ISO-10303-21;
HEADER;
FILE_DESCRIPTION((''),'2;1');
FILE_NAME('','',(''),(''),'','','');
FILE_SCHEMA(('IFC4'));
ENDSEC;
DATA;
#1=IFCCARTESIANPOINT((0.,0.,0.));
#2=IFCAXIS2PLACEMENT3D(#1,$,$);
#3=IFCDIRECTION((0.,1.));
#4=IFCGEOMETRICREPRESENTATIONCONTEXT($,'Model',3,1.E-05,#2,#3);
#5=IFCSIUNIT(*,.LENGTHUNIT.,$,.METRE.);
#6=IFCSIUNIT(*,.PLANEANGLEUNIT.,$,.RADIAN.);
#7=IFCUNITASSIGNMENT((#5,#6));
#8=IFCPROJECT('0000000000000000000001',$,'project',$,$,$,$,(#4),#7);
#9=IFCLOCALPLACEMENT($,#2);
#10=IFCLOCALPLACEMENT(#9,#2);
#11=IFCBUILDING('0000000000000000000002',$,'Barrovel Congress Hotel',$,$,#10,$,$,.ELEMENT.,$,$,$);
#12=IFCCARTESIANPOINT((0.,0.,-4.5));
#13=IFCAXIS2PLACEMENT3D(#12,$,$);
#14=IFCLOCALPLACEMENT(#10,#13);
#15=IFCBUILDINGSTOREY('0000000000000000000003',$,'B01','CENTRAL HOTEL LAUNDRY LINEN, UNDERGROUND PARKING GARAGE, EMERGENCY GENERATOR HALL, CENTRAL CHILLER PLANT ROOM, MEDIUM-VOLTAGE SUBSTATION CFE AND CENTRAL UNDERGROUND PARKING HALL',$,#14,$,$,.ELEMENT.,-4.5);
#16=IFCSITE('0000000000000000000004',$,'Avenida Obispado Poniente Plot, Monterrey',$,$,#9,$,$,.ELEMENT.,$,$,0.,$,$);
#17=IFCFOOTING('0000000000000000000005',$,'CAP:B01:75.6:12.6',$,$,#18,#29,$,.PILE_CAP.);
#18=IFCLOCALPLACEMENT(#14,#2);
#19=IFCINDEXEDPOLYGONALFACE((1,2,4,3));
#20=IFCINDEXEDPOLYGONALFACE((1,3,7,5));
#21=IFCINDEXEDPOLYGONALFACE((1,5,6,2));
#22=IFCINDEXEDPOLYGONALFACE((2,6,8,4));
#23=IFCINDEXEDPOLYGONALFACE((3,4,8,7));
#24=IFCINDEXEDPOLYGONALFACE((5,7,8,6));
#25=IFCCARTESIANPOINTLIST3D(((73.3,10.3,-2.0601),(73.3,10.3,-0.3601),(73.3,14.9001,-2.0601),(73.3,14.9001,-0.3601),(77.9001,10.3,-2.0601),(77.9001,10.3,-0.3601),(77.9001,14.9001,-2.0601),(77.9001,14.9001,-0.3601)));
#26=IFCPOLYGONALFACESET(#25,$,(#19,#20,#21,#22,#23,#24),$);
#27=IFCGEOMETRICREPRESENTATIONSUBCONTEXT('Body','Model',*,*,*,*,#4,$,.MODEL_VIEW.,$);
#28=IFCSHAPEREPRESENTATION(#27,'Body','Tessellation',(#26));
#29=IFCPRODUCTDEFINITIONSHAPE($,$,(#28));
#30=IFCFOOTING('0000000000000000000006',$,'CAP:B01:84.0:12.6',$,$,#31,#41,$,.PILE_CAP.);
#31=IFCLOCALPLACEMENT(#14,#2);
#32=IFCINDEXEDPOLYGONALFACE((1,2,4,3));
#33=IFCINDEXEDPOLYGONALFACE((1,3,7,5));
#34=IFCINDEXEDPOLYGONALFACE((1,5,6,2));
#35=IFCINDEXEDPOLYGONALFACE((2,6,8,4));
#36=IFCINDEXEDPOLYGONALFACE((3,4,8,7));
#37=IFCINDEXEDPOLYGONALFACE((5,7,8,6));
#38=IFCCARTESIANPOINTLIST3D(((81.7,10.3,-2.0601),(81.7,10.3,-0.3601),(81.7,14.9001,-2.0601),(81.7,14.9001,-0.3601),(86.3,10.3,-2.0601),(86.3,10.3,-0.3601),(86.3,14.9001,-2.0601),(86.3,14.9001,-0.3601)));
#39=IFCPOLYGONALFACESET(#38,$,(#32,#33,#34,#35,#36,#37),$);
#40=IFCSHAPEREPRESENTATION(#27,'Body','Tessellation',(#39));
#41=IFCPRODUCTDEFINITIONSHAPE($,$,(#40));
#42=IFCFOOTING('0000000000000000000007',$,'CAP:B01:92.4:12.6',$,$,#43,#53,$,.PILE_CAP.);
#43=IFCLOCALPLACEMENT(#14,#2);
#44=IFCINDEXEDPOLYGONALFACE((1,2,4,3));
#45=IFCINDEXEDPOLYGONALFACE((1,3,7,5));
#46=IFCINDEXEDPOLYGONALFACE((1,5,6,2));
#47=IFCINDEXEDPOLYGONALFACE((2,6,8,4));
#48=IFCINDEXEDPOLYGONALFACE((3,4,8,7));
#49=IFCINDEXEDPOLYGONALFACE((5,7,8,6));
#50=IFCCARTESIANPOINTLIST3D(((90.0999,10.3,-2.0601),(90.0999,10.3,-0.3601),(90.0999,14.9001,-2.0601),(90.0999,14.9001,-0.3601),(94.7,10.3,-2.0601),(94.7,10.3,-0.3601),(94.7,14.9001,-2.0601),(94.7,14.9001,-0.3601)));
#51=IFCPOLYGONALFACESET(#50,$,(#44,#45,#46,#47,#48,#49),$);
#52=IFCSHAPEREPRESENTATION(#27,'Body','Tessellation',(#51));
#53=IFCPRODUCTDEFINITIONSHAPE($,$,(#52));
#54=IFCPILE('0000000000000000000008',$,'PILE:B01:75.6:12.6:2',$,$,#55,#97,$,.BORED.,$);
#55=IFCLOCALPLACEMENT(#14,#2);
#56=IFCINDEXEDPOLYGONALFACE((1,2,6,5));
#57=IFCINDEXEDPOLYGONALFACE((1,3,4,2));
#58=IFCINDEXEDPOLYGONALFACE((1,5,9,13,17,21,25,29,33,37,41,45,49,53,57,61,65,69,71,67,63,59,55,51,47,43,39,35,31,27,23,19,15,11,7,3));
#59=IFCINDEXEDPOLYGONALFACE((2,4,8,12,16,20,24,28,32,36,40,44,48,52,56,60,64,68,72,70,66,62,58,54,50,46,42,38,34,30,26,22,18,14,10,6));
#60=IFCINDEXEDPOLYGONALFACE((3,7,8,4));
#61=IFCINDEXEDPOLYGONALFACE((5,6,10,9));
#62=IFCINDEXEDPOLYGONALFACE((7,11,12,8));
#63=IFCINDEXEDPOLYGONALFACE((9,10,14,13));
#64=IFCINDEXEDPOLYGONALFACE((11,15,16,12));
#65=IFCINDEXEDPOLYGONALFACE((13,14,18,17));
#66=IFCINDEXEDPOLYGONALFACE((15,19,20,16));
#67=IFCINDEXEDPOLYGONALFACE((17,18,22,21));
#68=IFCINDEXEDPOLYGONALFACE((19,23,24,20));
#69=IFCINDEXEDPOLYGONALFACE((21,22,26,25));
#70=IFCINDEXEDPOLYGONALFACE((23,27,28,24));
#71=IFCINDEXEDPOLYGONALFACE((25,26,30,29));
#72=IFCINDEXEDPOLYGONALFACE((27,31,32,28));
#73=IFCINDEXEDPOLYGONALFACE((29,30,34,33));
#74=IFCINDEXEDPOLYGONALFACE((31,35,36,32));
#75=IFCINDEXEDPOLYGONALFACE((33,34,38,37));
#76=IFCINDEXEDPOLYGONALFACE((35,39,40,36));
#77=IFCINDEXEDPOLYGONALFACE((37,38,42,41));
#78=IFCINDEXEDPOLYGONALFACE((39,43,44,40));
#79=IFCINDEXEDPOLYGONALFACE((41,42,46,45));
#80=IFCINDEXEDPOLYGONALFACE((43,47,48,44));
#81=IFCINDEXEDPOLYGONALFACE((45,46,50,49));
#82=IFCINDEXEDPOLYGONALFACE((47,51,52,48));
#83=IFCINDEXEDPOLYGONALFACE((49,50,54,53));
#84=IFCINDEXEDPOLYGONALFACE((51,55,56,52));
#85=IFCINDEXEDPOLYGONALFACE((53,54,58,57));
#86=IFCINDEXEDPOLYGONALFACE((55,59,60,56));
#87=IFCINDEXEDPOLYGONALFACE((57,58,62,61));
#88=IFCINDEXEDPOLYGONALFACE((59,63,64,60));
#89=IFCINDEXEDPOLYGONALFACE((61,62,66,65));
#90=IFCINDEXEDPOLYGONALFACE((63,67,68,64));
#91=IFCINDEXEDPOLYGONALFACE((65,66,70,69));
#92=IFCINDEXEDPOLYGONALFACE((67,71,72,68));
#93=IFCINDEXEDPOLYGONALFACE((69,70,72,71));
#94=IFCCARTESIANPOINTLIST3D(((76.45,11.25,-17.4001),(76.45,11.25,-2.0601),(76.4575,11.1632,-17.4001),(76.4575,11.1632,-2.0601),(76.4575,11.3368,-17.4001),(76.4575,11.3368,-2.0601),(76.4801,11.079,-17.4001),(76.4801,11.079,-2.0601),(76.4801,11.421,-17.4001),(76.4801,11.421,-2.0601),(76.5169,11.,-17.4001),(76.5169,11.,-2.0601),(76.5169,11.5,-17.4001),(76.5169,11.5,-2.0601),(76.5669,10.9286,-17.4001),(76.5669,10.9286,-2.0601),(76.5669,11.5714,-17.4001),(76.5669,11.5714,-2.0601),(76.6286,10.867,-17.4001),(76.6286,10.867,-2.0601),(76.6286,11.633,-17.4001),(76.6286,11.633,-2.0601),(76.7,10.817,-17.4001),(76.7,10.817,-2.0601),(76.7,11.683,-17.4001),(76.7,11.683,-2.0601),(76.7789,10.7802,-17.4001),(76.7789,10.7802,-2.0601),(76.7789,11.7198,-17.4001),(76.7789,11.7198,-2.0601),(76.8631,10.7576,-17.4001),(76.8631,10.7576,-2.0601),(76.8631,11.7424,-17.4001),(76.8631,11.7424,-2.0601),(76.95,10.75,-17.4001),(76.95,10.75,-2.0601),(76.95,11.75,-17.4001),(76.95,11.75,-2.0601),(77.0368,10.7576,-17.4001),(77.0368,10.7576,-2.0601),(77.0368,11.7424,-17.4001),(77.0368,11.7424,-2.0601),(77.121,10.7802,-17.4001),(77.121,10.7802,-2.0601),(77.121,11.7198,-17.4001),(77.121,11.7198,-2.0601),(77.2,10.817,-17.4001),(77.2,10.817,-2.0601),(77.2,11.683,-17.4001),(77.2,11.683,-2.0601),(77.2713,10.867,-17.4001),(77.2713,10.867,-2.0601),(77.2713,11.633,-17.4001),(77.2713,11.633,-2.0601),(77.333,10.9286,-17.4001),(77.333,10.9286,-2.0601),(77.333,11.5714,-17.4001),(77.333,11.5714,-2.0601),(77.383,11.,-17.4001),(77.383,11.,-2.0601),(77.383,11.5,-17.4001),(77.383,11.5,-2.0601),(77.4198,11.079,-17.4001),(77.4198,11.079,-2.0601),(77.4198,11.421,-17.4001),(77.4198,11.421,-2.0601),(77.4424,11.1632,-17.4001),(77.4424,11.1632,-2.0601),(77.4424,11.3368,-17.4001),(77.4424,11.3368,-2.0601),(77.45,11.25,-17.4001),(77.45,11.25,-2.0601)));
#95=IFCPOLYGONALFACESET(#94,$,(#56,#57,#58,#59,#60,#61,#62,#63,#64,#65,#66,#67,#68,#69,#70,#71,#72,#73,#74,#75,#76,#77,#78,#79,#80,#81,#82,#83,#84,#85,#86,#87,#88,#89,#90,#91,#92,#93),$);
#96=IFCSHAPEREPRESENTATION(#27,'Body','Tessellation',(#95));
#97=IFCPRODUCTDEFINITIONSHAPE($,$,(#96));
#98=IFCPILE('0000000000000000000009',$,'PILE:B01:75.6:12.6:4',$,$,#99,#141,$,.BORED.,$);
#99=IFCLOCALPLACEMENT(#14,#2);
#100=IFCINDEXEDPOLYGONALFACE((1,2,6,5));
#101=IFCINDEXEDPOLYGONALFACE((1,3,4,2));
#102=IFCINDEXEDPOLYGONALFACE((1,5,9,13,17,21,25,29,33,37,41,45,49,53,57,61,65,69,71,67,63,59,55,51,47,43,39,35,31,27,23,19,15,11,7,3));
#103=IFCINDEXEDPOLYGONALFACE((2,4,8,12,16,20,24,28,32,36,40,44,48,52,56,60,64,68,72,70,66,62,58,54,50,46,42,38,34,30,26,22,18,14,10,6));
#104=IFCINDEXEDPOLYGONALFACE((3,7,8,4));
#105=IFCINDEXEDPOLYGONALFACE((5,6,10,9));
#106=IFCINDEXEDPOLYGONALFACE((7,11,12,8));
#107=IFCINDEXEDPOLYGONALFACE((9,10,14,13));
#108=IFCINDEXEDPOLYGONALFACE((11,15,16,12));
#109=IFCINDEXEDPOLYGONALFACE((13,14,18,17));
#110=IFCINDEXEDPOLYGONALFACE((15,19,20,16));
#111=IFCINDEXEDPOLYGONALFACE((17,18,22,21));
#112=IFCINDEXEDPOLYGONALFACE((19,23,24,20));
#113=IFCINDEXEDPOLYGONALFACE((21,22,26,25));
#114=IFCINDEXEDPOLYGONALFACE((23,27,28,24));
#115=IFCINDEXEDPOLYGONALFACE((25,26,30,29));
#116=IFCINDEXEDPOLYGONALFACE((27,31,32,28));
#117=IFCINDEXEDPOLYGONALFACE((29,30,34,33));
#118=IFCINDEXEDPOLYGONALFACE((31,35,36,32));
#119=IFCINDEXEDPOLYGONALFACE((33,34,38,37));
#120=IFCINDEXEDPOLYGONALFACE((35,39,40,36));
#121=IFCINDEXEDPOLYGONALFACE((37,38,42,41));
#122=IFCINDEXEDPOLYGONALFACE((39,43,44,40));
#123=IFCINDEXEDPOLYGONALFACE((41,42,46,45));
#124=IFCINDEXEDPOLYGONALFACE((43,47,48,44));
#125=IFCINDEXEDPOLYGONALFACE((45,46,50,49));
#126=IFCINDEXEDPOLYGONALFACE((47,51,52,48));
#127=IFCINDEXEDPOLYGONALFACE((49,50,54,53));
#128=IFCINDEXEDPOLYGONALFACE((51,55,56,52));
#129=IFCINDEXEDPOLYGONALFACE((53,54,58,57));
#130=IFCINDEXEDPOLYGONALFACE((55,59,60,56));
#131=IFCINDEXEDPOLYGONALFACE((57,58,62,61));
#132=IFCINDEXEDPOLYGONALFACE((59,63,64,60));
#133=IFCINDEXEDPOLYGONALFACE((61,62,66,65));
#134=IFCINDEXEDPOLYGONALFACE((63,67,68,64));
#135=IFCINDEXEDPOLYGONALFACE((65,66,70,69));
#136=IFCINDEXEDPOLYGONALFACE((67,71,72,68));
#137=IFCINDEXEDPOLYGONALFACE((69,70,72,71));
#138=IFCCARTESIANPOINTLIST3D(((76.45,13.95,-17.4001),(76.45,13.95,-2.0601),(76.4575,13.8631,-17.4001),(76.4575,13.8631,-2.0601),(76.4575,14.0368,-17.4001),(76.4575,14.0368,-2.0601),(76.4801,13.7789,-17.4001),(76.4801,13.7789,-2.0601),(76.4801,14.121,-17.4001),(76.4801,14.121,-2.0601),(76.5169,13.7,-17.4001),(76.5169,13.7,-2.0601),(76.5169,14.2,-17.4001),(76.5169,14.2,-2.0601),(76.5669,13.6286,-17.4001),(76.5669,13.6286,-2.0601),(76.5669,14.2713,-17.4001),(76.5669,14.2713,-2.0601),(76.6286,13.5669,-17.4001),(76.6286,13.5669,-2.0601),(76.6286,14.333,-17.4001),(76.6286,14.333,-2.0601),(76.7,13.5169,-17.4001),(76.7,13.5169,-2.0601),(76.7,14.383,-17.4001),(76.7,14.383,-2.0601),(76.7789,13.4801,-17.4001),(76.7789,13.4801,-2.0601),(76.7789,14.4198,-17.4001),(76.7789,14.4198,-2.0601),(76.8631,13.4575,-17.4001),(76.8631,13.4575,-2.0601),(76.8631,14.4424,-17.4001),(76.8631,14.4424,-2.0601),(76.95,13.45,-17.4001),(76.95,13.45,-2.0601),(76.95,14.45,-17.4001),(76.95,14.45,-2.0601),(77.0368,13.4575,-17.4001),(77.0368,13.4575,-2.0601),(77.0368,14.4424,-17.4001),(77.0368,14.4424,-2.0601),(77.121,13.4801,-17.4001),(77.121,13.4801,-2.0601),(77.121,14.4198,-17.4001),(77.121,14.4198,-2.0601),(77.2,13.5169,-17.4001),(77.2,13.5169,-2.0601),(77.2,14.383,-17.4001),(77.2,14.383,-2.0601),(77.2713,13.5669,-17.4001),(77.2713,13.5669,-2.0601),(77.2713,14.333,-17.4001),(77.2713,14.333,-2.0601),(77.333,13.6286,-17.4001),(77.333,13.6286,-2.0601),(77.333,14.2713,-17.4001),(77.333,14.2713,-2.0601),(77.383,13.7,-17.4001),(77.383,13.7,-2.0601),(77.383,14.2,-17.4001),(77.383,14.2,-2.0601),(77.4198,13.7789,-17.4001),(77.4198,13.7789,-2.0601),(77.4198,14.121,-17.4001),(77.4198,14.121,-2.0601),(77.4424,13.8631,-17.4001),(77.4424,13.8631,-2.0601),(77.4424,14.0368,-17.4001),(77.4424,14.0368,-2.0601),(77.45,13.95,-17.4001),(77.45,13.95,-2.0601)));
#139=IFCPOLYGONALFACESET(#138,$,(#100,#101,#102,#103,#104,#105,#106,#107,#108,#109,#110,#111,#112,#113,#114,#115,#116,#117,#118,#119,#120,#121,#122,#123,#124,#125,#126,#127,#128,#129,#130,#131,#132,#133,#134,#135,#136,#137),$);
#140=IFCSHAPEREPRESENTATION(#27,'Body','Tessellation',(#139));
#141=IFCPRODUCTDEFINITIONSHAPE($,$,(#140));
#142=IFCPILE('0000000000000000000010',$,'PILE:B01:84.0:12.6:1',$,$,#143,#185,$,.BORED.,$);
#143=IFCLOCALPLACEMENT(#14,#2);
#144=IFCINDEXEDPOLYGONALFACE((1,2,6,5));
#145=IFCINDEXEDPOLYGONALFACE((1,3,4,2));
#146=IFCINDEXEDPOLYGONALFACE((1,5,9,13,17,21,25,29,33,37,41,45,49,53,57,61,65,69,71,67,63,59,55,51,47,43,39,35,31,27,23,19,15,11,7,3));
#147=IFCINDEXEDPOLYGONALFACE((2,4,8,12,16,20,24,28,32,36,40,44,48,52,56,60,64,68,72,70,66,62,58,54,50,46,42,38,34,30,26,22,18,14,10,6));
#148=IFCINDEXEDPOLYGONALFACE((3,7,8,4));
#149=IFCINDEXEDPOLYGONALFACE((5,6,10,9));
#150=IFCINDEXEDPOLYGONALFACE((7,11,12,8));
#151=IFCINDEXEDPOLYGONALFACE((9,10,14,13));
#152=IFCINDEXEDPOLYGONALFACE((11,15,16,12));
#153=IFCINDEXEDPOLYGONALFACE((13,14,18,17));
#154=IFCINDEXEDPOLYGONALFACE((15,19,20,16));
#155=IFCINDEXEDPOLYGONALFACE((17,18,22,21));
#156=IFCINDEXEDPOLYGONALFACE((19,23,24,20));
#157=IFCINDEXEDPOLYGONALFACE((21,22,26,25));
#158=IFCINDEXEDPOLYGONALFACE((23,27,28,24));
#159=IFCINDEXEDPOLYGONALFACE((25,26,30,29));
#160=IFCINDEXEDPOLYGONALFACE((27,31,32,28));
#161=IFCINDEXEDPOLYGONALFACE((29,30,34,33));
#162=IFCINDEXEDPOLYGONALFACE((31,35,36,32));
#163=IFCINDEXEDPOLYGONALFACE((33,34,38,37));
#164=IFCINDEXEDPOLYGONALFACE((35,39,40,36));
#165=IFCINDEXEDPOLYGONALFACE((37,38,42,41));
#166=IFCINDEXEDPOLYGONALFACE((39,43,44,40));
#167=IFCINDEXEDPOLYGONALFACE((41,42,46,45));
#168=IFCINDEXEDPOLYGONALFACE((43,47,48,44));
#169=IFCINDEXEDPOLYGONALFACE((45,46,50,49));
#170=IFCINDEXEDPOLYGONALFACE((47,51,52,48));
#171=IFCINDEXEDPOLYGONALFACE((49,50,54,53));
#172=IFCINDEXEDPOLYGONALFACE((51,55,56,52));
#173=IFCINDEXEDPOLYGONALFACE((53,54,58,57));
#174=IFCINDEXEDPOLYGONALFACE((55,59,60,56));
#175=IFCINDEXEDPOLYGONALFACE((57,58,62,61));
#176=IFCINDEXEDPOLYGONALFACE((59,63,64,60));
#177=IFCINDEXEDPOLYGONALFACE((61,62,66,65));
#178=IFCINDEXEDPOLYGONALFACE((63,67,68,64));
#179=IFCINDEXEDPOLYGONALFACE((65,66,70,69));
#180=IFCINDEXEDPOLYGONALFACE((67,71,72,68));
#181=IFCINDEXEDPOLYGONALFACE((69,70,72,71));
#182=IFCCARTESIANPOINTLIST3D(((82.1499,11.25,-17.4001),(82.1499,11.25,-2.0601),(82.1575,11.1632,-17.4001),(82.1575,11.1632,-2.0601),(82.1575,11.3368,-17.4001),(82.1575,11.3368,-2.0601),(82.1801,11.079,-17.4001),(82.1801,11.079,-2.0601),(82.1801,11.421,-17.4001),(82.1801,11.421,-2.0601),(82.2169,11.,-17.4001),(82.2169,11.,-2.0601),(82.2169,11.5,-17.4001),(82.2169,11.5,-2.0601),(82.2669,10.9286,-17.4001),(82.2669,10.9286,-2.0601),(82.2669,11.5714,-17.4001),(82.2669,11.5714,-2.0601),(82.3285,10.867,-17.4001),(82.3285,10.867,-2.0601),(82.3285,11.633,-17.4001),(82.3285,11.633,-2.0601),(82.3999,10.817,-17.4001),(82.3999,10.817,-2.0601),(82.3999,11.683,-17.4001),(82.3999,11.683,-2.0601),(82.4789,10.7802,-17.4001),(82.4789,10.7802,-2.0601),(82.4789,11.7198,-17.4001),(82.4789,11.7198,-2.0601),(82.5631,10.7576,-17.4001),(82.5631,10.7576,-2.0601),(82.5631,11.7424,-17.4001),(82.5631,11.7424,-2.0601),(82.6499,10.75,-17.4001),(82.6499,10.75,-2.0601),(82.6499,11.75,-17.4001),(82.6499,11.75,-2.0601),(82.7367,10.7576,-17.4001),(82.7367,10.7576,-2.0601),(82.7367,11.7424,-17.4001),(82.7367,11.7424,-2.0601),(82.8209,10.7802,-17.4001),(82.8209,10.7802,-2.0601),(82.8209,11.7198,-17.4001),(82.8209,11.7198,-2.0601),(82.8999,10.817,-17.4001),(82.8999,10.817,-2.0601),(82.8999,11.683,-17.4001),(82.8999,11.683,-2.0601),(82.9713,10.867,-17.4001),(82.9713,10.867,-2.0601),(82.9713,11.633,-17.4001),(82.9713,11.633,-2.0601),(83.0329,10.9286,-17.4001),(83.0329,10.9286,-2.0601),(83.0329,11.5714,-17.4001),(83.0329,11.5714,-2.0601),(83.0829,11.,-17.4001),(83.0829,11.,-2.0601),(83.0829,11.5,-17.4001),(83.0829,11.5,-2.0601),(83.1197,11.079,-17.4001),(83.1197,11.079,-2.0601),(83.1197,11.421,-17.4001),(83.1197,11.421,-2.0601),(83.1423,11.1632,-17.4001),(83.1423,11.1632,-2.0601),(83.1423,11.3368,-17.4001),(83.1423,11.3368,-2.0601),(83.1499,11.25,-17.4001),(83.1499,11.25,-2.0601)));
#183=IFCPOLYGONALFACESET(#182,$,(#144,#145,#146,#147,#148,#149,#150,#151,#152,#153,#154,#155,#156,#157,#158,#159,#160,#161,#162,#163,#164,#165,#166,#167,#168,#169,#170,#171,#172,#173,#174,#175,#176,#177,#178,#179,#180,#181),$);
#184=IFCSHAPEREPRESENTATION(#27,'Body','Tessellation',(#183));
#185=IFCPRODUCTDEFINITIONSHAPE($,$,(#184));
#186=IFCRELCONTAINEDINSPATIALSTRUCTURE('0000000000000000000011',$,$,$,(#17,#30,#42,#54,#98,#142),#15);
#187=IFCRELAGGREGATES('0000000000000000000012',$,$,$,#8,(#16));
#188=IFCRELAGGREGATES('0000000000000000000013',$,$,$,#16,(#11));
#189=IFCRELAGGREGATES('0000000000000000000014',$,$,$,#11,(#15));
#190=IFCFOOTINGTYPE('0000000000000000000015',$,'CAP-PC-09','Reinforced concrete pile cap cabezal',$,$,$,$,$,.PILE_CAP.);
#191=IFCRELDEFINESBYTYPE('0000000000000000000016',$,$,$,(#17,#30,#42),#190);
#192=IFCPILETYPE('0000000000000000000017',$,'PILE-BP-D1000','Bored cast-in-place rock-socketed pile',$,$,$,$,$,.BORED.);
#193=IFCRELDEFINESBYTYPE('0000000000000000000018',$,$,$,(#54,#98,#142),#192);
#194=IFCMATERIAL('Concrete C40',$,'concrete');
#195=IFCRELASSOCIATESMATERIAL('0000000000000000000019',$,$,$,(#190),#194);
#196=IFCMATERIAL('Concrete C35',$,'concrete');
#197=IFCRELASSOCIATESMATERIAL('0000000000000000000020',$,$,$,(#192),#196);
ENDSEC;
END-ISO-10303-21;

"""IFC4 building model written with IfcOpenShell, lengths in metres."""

from ifc_helpers import new_model, si_unit, direction, frame, origin, origin_2d, place, context, subcontext, project, spatial, rectangle, circle, extrude, material, material_profile, profile_set, type_object, element, save


model = new_model("IFC4")

# Units and contexts
model_context = context("Model", 3, precision=1e-05, world=origin(), true_north=direction((0.0, 1.0)))
body_context = subcontext(model_context, "Body", "Model", "MODEL_VIEW")
ifc_project = project(units=[si_unit("LENGTHUNIT", "METRE"), si_unit("PLANEANGLEUNIT", "RADIAN")], contexts=[model_context])

# Site, building, storey
site_placement = place(None, origin())
site = spatial("IfcSite", under=ifc_project, at=site_placement, Name="Avenida Obispado Poniente Plot, Monterrey", CompositionType="ELEMENT", RefElevation=0.0)
building_placement = place(site_placement, origin())
building = spatial("IfcBuilding", under=site, at=building_placement, Name="Barrovel Congress Hotel", CompositionType="ELEMENT")
storey_placement = place(building_placement, frame((0.0, 0.0, -4.5)))
storey = spatial("IfcBuildingStorey", under=building, at=storey_placement, Name="B01", Description="CENTRAL HOTEL LAUNDRY LINEN, UNDERGROUND PARKING GARAGE, EMERGENCY GENERATOR HALL, CENTRAL CHILLER PLANT ROOM, MEDIUM-VOLTAGE SUBSTATION CFE AND CENTRAL UNDERGROUND PARKING HALL", CompositionType="ELEMENT", Elevation=-4.5)

# Footings
ifc_material_1 = material(Name="Concrete C40", Category="concrete")
footing_type = type_object("IfcFootingType", Name="CAP-PC-09", Description="Reinforced concrete pile cap cabezal", PredefinedType="PILE_CAP", material=ifc_material_1)
for number, where, z_axis, x_axis, name in (
    (1, (75.6001, 12.6001, -2.0601), (0.0, 0.0, 1.0), (1.0, 0.0, 0.0), "CAP:B01:75.6:12.6"),
    (2, (84.0, 12.6001, -2.0601), (0.0, 0.0, 1.0), (1.0, 0.0, 0.0), "CAP:B01:84.0:12.6"),
    (3, (92.3999, 12.6001, -2.0601), (0.0, 0.0, 1.0), (1.0, 0.0, 0.0), "CAP:B01:92.4:12.6"),
):
    element("IfcFooting", number, at=place(storey_placement, frame(where, z_axis=z_axis, x_axis=x_axis)), inside=storey, type_object=footing_type, Name=name, PredefinedType="PILE_CAP", context=body_context, shape_type="SweptSolid", body=[
        extrude(rectangle(XDim=4.6001, YDim=4.6001, at=origin_2d()), origin(), (0.0, 0.0, 1.0), 1.7),
    ])

# Piles
ifc_material_2 = material(Name="Concrete C35", Category="concrete")
ifc_material_profile_1 = material_profile(ifc_material_2, circle(Radius=0.5, at=origin_2d()), Name="BP-D1000")
ifc_profile_set_1 = profile_set([ifc_material_profile_1], Name="Concrete C35")
pile_type = type_object("IfcPileType", Name="PILE-BP-D1000", Description="Bored cast-in-place rock-socketed pile", PredefinedType="BORED", material=ifc_profile_set_1)
for number, where, z_axis, x_axis, name in (
    (4, (76.95, 11.25, -2.0601), (0.0, 0.0, -1.0), (1.0, 0.0, 0.0), "PILE:B01:75.6:12.6:2"),
    (5, (76.95, 13.95, -2.0601), (0.0, 0.0, -1.0), (1.0, 0.0, 0.0), "PILE:B01:75.6:12.6:4"),
    (6, (82.6499, 11.25, -2.0601), (0.0, 0.0, -1.0), (1.0, 0.0, 0.0), "PILE:B01:84.0:12.6:1"),
):
    element("IfcPile", number, at=place(storey_placement, frame(where, z_axis=z_axis, x_axis=x_axis)), inside=storey, type_object=pile_type, Name=name, PredefinedType="BORED", context=body_context, shape_type="SweptSolid", body=[
        extrude(circle(Radius=0.5, at=origin_2d()), origin(), (0.0, 0.0, 1.0), 15.3401),
    ])

save(model, "model.ifc")
